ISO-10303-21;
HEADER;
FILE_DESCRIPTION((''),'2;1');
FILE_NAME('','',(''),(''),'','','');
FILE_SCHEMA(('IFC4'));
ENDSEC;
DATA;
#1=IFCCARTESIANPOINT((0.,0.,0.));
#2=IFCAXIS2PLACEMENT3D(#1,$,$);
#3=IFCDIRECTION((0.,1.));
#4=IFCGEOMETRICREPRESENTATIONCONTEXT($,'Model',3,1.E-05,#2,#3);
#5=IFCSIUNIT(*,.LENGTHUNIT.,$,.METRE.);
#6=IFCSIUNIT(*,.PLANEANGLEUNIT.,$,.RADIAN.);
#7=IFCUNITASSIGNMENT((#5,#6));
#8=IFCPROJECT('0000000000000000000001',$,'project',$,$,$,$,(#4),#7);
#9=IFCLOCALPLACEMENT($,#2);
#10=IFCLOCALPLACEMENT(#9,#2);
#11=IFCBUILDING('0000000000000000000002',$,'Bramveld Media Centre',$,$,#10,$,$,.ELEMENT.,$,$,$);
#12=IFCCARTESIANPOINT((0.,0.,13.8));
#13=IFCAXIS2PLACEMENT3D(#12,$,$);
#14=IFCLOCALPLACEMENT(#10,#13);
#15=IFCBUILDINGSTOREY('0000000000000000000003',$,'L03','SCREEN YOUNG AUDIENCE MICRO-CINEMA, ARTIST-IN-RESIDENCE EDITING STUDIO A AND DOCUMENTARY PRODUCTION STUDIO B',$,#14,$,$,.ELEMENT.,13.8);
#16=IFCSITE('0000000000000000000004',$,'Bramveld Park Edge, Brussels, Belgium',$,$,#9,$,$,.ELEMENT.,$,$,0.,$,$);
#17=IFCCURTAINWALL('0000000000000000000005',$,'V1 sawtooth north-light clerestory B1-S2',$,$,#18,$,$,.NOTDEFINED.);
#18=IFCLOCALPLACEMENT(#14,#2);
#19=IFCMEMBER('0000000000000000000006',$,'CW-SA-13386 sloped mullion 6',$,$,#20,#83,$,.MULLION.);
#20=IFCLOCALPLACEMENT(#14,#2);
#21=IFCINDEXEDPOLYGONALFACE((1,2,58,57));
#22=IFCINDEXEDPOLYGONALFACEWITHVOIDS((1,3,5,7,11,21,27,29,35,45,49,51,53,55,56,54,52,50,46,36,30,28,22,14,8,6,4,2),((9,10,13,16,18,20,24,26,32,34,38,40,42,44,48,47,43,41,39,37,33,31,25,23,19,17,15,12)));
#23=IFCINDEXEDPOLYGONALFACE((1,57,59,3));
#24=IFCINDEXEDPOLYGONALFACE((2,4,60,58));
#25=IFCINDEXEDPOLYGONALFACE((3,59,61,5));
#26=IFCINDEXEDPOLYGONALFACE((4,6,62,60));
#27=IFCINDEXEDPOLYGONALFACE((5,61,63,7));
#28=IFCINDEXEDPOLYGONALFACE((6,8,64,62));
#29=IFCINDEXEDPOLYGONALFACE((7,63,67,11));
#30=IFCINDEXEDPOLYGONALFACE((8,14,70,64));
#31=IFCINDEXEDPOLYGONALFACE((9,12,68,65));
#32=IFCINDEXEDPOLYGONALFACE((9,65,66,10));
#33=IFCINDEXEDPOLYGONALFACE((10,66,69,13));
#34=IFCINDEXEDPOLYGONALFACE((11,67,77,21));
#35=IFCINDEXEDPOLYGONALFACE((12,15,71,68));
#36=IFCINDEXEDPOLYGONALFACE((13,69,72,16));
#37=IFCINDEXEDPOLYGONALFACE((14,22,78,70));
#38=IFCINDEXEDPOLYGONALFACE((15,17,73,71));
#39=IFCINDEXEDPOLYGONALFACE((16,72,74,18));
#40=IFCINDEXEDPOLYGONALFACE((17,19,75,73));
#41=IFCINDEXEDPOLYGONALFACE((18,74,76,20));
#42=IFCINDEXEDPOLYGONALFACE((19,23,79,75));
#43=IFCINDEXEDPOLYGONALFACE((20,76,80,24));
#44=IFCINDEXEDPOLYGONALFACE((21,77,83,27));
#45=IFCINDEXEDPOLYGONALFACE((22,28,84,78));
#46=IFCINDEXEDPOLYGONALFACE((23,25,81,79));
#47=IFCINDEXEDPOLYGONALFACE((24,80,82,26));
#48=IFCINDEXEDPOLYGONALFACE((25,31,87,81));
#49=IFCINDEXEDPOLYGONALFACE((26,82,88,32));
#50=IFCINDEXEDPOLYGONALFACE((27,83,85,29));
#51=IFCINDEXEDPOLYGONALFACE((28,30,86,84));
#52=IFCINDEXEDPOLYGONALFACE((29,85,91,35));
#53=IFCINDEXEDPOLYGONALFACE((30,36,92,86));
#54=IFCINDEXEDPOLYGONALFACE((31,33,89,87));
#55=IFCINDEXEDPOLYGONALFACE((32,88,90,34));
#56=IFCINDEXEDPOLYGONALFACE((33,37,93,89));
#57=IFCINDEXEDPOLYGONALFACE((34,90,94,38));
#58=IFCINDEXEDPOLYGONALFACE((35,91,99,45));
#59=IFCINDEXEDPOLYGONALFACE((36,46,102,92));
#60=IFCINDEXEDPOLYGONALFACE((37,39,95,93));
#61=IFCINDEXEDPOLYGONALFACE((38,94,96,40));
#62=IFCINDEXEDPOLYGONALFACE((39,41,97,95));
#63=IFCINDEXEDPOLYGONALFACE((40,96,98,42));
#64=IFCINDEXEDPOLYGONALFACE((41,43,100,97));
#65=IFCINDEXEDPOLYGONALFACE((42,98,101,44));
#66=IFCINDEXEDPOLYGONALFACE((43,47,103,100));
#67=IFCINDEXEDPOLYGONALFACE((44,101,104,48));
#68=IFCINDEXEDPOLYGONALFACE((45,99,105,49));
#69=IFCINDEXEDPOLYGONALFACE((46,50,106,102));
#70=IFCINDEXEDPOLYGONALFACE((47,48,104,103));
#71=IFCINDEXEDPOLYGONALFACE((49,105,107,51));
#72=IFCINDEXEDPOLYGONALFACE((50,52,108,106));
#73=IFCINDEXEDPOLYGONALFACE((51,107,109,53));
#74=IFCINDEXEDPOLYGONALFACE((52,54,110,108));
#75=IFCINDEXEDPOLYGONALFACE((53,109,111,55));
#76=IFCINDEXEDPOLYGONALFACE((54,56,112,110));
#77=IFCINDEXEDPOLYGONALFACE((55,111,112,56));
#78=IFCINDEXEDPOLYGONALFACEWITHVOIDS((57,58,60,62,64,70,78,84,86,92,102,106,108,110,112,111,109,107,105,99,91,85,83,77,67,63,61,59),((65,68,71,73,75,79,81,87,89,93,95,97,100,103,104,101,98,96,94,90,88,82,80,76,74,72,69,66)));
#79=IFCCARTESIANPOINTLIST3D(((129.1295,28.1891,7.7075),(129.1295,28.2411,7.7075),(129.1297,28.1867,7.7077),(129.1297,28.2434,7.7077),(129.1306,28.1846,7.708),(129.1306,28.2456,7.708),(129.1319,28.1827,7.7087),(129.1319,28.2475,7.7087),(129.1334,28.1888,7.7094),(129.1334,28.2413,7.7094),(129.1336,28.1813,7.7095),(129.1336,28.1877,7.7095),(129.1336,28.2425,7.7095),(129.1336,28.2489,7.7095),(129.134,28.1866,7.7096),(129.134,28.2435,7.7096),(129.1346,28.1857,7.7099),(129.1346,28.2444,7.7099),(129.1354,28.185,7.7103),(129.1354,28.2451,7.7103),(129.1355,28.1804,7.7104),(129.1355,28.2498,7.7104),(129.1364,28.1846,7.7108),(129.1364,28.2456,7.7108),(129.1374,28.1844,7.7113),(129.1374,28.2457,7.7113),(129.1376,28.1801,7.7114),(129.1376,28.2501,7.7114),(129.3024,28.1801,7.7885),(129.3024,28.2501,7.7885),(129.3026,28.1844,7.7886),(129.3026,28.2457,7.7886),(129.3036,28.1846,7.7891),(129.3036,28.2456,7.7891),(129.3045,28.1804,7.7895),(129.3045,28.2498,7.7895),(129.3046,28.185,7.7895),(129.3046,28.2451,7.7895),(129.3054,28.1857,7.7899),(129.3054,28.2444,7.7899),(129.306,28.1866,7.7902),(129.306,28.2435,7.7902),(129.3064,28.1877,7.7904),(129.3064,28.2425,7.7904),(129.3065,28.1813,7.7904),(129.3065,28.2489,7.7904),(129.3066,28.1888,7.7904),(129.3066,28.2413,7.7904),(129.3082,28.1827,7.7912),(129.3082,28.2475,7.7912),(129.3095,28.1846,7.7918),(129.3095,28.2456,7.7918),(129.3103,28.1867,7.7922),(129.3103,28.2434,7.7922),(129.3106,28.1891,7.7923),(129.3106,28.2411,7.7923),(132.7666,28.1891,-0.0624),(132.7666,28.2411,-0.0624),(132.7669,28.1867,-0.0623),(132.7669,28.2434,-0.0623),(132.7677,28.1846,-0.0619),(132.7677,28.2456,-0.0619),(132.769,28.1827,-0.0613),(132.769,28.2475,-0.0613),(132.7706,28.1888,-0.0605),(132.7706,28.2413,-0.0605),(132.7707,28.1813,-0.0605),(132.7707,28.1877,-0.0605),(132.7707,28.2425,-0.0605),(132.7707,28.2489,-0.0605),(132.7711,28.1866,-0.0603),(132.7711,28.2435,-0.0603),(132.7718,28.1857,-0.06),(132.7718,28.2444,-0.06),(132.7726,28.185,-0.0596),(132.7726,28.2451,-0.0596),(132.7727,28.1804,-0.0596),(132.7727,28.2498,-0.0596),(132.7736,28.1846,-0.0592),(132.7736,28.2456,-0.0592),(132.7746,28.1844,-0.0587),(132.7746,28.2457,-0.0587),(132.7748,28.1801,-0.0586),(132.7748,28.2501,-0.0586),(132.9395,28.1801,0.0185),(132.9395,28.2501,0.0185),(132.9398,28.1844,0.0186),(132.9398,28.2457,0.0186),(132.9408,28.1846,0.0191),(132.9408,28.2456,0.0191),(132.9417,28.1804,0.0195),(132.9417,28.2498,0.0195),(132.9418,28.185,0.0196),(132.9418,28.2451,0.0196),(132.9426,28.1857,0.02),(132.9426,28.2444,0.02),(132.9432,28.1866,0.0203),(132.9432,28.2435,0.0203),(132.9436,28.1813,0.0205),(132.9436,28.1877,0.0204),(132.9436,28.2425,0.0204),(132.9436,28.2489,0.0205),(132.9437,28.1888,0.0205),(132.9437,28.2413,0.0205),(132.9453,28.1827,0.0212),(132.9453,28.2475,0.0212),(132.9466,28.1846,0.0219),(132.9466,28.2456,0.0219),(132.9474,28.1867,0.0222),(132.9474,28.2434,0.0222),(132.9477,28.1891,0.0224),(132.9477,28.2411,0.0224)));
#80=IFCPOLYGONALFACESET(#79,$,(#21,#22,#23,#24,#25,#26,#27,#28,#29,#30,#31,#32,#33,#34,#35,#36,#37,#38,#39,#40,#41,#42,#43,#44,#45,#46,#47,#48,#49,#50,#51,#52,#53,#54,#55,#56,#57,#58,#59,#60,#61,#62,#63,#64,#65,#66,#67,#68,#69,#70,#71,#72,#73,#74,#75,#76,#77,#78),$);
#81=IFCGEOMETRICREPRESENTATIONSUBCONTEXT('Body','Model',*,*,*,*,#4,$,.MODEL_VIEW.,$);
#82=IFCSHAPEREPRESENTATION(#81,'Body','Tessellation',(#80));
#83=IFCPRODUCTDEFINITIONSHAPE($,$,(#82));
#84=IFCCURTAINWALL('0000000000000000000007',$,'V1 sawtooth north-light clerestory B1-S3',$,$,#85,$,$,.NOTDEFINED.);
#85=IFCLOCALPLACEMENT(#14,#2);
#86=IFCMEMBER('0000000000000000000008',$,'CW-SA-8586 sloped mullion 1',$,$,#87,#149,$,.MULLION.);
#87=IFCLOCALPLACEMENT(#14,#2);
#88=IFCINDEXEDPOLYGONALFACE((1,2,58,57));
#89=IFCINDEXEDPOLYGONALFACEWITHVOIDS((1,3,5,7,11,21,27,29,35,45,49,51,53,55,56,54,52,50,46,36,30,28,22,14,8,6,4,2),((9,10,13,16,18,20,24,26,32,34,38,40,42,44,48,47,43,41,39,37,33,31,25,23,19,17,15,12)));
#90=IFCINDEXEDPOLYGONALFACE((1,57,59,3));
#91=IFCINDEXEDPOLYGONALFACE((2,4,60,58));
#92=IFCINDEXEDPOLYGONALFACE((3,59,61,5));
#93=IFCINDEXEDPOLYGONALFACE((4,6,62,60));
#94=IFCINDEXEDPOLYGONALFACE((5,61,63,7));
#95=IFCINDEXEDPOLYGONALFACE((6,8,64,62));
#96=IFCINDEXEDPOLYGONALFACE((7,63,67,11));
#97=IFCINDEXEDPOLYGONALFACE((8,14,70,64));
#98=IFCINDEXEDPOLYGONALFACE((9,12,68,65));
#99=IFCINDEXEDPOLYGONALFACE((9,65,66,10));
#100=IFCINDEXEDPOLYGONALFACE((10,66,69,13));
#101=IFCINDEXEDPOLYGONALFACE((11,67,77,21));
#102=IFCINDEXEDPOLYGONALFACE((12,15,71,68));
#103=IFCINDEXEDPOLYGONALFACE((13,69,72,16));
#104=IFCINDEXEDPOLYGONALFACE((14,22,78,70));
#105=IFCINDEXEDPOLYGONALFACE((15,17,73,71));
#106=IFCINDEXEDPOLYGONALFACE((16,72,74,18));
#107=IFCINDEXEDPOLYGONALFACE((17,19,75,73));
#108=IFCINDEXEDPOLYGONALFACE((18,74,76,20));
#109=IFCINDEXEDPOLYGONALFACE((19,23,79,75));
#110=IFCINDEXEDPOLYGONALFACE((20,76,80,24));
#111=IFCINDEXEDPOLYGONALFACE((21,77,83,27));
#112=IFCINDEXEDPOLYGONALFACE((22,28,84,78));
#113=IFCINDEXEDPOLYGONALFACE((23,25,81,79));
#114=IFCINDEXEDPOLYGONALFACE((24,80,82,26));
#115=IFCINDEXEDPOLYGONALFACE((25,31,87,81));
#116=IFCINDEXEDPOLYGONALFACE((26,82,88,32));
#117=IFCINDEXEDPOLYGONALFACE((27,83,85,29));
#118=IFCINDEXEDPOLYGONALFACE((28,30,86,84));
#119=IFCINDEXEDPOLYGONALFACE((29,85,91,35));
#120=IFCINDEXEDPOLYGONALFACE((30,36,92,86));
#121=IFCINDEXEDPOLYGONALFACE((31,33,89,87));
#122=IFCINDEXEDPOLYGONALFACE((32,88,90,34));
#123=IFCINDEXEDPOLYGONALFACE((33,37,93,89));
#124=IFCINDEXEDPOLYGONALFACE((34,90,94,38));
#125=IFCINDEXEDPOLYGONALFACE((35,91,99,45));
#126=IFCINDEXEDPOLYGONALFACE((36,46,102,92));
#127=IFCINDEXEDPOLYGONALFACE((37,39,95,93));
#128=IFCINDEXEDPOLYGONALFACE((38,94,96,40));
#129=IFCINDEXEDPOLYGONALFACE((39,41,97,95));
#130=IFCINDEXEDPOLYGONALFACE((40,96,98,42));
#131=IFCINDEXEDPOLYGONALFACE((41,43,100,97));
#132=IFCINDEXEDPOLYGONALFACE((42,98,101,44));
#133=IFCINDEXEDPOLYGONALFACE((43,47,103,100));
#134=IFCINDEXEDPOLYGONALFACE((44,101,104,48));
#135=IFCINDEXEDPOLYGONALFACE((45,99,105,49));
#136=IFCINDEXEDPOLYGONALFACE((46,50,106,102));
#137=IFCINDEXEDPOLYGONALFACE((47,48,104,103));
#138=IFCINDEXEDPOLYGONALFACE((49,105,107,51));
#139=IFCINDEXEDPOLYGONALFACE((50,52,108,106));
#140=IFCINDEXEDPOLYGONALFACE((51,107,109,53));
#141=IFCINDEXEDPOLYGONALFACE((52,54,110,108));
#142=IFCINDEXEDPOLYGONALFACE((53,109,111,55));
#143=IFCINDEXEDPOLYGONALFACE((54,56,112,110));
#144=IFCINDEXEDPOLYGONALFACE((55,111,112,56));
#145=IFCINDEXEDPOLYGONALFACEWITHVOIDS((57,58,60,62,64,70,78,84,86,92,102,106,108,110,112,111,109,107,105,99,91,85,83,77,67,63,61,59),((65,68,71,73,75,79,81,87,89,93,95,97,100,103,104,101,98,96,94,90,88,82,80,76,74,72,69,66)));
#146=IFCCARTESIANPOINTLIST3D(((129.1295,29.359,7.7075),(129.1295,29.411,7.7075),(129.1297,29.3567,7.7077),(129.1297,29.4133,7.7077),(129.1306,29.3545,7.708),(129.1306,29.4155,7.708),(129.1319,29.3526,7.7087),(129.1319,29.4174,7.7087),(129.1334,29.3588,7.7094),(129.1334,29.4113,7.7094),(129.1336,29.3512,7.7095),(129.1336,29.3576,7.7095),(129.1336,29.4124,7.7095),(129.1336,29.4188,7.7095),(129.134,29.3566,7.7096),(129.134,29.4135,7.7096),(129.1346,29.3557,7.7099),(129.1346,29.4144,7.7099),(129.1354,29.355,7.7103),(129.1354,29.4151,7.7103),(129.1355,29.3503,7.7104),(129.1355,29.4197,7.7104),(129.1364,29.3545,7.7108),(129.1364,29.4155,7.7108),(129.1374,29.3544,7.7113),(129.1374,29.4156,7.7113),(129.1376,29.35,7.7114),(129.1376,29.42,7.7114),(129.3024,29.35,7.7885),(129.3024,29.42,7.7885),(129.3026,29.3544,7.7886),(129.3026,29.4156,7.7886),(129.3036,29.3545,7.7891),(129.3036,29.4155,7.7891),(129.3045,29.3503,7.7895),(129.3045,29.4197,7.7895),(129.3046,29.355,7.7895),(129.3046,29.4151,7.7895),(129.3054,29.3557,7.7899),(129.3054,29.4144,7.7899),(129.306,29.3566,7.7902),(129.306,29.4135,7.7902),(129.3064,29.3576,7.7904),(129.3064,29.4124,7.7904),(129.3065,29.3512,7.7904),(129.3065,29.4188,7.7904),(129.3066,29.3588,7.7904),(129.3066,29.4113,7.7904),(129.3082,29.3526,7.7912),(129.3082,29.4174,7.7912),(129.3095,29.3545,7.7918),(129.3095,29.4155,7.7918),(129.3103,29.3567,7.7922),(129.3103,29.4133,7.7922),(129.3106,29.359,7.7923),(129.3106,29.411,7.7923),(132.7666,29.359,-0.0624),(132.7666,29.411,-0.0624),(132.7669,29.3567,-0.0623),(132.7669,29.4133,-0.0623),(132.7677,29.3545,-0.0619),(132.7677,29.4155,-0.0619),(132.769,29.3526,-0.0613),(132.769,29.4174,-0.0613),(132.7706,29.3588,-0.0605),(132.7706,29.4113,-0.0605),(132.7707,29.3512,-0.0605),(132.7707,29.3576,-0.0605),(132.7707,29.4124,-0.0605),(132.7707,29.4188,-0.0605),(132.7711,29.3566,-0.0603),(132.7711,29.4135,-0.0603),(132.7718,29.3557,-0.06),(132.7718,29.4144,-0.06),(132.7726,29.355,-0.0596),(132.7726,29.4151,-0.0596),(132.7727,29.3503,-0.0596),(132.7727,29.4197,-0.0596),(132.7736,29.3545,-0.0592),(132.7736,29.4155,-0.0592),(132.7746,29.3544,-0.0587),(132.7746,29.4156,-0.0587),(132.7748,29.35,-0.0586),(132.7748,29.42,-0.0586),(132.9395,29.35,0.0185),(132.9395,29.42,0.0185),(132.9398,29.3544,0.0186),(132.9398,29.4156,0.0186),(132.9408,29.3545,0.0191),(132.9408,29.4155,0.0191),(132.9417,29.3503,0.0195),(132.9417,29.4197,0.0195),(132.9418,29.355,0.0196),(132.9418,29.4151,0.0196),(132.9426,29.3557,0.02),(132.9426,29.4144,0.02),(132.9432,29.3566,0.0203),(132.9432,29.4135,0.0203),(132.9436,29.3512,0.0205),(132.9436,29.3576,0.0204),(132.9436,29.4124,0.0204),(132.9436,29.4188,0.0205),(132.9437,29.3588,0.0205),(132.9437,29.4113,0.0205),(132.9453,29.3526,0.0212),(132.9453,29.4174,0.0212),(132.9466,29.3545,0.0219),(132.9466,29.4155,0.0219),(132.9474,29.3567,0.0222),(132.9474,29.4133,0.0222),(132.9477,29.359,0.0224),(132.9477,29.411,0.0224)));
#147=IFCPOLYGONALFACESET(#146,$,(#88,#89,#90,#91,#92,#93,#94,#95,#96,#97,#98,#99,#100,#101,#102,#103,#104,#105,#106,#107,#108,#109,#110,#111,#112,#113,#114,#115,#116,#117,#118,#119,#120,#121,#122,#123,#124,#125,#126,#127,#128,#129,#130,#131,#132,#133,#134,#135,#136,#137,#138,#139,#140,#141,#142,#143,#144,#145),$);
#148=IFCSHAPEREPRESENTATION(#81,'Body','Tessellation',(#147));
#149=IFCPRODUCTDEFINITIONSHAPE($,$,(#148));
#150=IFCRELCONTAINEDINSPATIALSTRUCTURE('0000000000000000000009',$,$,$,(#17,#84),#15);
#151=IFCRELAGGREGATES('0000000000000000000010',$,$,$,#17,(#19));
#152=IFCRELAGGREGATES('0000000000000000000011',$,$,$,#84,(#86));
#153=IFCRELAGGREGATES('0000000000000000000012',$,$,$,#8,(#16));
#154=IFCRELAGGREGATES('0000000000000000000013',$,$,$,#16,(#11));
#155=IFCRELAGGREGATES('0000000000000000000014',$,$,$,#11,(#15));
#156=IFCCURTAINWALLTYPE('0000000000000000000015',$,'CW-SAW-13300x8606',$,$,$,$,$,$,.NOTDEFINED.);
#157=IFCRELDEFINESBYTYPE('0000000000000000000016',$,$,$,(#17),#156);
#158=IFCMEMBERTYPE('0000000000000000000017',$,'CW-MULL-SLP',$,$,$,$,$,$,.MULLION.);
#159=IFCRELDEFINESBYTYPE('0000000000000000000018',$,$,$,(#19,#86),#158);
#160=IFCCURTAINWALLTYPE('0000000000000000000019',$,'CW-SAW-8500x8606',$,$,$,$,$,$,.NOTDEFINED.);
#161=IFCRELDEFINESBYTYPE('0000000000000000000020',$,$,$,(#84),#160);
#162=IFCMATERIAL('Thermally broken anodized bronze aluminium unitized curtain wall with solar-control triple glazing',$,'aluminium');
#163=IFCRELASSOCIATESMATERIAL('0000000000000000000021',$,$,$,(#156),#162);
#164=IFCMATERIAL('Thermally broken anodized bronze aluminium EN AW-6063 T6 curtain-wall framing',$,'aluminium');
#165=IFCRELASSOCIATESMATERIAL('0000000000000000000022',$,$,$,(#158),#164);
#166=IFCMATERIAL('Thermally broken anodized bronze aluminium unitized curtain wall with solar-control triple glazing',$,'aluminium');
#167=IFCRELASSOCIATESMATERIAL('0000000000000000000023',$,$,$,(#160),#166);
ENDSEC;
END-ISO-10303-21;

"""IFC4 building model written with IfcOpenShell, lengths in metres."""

from ifc_helpers import new_model, si_unit, direction, frame, origin, origin_2d, place, context, subcontext, project, spatial, hollow_rectangle, extrude, material, material_profile, profile_set, type_object, element, aggregate, save


model = new_model("IFC4")

# Units and contexts
model_context = context("Model", 3, precision=1e-05, world=origin(), true_north=direction((0.0, 1.0)))
body_context = subcontext(model_context, "Body", "Model", "MODEL_VIEW")
ifc_project = project(units=[si_unit("LENGTHUNIT", "METRE"), si_unit("PLANEANGLEUNIT", "RADIAN")], contexts=[model_context])

# Site, building, storey
site_placement = place(None, origin())
site = spatial("IfcSite", under=ifc_project, at=site_placement, Name="Bramveld Park Edge, Brussels, Belgium", CompositionType="ELEMENT", RefElevation=0.0)
building_placement = place(site_placement, origin())
building = spatial("IfcBuilding", under=site, at=building_placement, Name="Bramveld Media Centre", CompositionType="ELEMENT")
storey_placement = place(building_placement, frame((0.0, 0.0, 13.8)))
storey = spatial("IfcBuildingStorey", under=building, at=storey_placement, Name="L03", Description="SCREEN YOUNG AUDIENCE MICRO-CINEMA, ARTIST-IN-RESIDENCE EDITING STUDIO A AND DOCUMENTARY PRODUCTION STUDIO B", CompositionType="ELEMENT", Elevation=13.8)

# Curtain wall, member
ifc_material_1 = material(Name="Thermally broken anodized bronze aluminium unitized curtain wall with solar-control triple glazing", Category="aluminium")
curtain_wall_type_1 = type_object("IfcCurtainWallType", Name="CW-SAW-13300x8606", PredefinedType="NOTDEFINED", material=ifc_material_1)
curtain_wall_1_placement = place(storey_placement, origin())
curtain_wall_1 = element("IfcCurtainWall", 1, at=curtain_wall_1_placement, inside=storey, type_object=curtain_wall_type_1, Name="V1 sawtooth north-light clerestory B1-S2", PredefinedType="NOTDEFINED")
ifc_material_2 = material(Name="Thermally broken anodized bronze aluminium EN AW-6063 T6 curtain-wall framing", Category="aluminium")
ifc_material_profile_1 = material_profile(ifc_material_2, hollow_rectangle(XDim=0.0701, YDim=0.2, WallThickness=0.0044, InnerFilletRadius=0.0044, OuterFilletRadius=0.009, at=origin_2d()), Name="AL-MULL 70x200")
ifc_profile_set_1 = profile_set([ifc_material_profile_1], Name="Thermally broken anodized bronze aluminium EN AW-6063 T6 curtain-wall framing")
member_type_1 = type_object("IfcMemberType", Name="CW-MULL-SLP", PredefinedType="MULLION", material=ifc_profile_set_1)
member_1_placement = place(storey_placement, frame((132.8572, 28.2151, -0.02), z_axis=(-0.423957, 0.0, 0.905682), x_axis=(0.0, -1.0, 0.0)))
member_1 = element("IfcMember", 2, at=member_1_placement, type_object=member_type_1, Name="CW-SA-13386 sloped mullion 6", PredefinedType="MULLION", context=body_context, shape_type="SweptSolid", body=[
    extrude(hollow_rectangle(XDim=0.0701, YDim=0.2, WallThickness=0.0044, InnerFilletRadius=0.0044, OuterFilletRadius=0.009, at=origin_2d()), origin(), (0.0, 0.0, 1.0), 8.5791),
])

# Curtain wall, member
ifc_material_3 = material(Name="Thermally broken anodized bronze aluminium unitized curtain wall with solar-control triple glazing", Category="aluminium")
curtain_wall_type_2 = type_object("IfcCurtainWallType", Name="CW-SAW-8500x8606", PredefinedType="NOTDEFINED", material=ifc_material_3)
curtain_wall_2_placement = place(storey_placement, origin())
curtain_wall_2 = element("IfcCurtainWall", 3, at=curtain_wall_2_placement, inside=storey, type_object=curtain_wall_type_2, Name="V1 sawtooth north-light clerestory B1-S3", PredefinedType="NOTDEFINED")
member_2_placement = place(storey_placement, frame((132.8572, 29.385, -0.02), z_axis=(-0.423957, 0.0, 0.905682), x_axis=(0.0, -1.0, 0.0)))
member_2 = element("IfcMember", 4, at=member_2_placement, type_object=member_type_1, Name="CW-SA-8586 sloped mullion 1", PredefinedType="MULLION", context=body_context, shape_type="SweptSolid", body=[
    extrude(hollow_rectangle(XDim=0.0701, YDim=0.2, WallThickness=0.0044, InnerFilletRadius=0.0044, OuterFilletRadius=0.009, at=origin_2d()), origin(), (0.0, 0.0, 1.0), 8.5791),
])

aggregate(curtain_wall_1, [member_1])
aggregate(curtain_wall_2, [member_2])

save(model, "model.ifc")
